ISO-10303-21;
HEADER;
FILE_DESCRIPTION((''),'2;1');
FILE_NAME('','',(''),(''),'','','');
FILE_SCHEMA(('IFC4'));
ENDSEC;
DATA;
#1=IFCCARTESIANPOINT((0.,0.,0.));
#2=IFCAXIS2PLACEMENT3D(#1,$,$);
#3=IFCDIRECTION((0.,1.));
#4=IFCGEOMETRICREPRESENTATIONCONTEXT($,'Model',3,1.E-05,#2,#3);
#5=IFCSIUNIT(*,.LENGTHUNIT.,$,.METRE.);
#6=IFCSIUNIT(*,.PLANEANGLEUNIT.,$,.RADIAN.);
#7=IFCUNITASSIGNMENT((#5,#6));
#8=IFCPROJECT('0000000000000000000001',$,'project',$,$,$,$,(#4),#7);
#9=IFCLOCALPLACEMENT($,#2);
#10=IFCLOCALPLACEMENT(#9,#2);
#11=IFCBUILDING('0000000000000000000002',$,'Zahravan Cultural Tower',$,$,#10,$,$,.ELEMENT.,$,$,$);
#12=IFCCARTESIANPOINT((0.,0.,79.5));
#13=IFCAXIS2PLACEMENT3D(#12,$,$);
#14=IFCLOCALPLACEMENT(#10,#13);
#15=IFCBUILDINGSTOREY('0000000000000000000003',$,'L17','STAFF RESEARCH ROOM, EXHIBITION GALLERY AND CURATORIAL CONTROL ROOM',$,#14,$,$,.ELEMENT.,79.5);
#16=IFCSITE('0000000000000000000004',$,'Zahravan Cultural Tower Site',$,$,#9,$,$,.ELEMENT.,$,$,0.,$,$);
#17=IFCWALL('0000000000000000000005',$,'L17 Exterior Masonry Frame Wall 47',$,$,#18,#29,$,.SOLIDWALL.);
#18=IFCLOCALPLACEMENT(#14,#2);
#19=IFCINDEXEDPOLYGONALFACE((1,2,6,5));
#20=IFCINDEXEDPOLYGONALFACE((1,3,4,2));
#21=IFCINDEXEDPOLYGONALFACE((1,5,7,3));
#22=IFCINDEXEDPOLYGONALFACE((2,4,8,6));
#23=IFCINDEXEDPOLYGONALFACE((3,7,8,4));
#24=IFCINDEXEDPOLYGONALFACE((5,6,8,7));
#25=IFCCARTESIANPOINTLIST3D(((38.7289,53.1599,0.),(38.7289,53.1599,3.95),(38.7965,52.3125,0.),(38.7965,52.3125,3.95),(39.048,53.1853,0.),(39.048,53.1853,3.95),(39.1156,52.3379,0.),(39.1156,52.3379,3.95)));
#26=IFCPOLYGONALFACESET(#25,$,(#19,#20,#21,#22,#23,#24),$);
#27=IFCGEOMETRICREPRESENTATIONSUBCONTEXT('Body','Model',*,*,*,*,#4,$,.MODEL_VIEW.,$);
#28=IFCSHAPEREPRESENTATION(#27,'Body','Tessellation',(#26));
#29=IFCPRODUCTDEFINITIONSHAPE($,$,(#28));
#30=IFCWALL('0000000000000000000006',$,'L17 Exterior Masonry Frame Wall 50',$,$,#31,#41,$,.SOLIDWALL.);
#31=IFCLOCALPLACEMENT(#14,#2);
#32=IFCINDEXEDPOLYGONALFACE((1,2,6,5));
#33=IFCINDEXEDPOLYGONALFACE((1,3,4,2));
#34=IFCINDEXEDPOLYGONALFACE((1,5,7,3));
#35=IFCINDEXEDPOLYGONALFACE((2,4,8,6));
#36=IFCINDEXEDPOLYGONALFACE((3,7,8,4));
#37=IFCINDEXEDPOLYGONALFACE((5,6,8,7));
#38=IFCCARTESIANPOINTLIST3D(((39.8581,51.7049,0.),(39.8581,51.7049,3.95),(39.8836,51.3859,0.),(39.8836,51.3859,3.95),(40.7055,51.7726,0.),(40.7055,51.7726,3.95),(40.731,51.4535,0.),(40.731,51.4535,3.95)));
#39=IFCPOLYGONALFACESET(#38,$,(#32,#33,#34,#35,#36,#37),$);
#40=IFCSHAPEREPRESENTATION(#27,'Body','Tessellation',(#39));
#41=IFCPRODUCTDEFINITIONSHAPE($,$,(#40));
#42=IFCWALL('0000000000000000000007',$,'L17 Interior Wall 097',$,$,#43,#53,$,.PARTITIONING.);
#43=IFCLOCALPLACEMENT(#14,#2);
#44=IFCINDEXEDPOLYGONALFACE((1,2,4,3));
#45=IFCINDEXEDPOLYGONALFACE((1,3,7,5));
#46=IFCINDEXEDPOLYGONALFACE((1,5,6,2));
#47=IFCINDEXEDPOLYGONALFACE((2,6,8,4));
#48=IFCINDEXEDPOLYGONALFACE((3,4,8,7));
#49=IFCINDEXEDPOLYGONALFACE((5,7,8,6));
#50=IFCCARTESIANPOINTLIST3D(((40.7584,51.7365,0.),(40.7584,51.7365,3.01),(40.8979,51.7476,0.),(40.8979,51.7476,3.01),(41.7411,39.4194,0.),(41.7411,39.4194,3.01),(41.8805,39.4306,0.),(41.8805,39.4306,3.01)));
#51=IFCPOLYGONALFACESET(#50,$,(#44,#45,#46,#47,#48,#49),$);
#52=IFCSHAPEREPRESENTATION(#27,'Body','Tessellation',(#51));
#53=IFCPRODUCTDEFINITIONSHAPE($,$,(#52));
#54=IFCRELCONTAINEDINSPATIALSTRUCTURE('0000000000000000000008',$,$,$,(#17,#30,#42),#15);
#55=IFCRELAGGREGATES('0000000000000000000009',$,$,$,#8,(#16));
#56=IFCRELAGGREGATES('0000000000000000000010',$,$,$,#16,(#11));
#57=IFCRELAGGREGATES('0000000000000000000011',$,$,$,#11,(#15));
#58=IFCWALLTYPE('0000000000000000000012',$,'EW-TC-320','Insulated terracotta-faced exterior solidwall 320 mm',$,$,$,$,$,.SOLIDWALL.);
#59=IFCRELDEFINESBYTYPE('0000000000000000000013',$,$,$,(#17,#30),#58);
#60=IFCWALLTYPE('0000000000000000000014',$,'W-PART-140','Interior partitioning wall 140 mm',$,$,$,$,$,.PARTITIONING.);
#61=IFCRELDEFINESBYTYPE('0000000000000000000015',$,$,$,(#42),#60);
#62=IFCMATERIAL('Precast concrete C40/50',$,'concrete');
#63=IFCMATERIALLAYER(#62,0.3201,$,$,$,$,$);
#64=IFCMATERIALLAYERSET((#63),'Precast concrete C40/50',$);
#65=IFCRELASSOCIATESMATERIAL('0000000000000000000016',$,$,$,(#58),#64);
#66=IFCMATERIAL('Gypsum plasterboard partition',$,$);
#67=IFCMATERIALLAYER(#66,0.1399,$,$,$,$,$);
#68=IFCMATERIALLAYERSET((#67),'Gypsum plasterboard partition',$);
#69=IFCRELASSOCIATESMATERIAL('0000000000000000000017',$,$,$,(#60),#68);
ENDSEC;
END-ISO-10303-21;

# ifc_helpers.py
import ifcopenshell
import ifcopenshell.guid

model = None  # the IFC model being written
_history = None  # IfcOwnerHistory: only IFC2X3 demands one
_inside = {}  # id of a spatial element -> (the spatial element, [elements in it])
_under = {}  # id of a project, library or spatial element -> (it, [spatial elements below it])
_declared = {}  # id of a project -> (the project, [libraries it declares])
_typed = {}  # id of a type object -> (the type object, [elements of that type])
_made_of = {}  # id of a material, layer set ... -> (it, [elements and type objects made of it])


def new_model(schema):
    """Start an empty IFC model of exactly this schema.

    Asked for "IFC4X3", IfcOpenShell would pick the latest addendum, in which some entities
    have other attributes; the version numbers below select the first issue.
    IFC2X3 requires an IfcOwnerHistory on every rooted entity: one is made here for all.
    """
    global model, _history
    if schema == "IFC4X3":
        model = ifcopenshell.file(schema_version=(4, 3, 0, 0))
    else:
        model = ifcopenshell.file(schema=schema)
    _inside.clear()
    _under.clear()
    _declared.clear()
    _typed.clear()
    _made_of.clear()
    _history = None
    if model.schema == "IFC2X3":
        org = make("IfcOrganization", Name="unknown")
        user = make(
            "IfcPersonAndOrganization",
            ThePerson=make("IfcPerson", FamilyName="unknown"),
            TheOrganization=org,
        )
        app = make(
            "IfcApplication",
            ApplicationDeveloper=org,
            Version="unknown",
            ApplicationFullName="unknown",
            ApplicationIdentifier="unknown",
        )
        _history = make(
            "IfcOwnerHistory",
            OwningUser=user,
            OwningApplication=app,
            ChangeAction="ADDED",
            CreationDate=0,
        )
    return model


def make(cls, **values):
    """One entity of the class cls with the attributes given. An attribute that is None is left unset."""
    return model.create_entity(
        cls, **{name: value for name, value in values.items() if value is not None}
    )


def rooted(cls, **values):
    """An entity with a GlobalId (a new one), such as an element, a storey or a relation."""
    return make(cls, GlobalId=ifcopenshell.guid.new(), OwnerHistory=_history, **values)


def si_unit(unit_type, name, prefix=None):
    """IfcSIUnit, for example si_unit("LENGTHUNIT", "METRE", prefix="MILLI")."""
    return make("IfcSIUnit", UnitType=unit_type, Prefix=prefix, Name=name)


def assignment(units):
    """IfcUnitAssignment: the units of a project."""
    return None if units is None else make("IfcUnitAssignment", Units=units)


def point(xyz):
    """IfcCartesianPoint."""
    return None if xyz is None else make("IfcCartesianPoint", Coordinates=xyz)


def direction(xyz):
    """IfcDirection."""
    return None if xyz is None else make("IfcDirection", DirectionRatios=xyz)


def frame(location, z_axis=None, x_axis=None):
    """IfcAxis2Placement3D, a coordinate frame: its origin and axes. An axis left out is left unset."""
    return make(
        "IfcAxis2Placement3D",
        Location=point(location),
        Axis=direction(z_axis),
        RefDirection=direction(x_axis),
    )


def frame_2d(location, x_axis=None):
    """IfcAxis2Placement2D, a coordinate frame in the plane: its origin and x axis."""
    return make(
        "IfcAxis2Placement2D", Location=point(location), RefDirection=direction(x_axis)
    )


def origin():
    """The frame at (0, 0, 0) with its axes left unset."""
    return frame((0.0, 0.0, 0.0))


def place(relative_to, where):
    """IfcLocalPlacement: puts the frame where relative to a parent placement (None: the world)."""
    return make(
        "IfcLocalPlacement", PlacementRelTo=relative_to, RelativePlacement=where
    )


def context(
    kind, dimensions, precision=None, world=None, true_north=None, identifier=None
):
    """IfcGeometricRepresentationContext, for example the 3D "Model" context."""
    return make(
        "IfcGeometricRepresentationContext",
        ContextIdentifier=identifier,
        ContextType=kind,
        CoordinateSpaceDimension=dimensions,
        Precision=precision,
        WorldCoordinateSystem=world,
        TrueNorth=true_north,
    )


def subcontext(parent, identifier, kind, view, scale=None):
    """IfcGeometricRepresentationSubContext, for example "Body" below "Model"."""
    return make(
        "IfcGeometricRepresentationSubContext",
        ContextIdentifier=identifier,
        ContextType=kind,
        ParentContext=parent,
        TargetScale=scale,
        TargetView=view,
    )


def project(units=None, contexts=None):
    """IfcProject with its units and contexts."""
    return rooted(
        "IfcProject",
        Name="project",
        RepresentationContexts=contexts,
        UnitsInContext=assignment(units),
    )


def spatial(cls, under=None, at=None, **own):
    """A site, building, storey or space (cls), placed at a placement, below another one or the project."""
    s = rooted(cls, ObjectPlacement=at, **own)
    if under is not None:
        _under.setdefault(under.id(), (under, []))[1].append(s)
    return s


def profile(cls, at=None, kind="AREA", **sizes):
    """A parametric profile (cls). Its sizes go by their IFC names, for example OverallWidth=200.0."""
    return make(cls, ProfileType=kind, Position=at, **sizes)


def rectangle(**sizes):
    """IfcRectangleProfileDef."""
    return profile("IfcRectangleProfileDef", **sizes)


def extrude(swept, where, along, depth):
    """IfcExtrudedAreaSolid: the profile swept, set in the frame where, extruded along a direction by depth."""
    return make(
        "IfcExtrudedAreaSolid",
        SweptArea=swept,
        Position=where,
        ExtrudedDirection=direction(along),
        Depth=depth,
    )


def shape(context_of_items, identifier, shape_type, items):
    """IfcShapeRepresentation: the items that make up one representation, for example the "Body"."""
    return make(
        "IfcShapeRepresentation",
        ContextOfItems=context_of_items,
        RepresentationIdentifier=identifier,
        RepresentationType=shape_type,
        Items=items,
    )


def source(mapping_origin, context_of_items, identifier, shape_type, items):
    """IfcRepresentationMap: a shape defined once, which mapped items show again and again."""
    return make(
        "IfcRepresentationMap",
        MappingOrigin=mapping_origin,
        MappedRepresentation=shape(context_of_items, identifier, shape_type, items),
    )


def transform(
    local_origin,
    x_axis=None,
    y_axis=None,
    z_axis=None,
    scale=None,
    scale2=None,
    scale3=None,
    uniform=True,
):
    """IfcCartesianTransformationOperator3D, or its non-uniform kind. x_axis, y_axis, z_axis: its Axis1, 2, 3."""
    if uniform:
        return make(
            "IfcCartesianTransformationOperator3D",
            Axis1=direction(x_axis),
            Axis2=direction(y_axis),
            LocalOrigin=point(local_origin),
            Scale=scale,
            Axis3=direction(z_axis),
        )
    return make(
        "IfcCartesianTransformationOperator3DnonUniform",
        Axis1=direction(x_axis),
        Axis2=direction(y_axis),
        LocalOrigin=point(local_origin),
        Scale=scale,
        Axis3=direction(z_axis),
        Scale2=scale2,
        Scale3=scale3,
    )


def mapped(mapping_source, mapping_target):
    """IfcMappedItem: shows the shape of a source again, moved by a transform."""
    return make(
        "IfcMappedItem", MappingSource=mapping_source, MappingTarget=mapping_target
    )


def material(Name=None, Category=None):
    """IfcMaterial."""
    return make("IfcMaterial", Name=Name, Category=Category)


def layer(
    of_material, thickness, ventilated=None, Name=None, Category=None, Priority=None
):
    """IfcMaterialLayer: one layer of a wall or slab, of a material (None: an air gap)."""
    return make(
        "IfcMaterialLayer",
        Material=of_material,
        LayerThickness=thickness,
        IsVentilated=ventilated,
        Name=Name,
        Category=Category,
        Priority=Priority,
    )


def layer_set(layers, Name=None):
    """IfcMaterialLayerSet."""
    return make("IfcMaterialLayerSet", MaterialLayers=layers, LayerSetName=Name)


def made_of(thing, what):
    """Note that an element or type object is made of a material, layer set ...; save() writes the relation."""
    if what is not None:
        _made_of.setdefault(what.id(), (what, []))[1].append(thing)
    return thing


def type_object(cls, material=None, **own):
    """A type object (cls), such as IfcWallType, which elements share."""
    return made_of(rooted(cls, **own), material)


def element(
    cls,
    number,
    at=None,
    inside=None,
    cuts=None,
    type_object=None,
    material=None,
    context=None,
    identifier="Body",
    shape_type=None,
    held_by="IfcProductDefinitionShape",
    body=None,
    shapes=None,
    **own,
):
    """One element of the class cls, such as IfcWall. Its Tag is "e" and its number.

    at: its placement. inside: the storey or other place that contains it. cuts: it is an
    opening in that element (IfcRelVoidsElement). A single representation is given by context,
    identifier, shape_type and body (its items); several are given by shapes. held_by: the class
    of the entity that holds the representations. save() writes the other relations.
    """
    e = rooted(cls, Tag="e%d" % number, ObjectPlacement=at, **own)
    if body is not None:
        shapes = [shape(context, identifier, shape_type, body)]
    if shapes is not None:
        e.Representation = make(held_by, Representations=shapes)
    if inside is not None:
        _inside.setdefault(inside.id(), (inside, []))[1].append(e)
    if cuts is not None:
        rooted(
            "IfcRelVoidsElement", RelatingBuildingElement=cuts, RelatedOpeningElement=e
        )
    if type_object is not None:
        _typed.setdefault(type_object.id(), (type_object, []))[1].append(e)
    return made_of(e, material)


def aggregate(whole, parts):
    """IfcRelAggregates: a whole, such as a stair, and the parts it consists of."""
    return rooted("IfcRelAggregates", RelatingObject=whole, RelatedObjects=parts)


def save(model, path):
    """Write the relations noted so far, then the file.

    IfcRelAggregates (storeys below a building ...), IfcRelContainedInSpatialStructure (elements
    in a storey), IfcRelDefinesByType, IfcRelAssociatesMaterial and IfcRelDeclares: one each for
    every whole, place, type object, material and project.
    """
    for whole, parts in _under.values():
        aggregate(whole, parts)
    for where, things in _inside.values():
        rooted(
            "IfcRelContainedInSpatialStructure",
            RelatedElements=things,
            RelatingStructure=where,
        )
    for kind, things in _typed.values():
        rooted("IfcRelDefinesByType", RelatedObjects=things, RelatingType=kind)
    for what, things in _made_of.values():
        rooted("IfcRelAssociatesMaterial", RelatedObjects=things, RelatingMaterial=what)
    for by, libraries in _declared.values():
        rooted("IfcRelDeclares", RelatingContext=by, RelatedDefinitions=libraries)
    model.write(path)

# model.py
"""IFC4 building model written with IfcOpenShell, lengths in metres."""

from ifc_helpers import new_model, si_unit, direction, frame, frame_2d, origin, place, context, subcontext, project, spatial, rectangle, extrude, source, transform, mapped, material, layer, layer_set, type_object, element, save


model = new_model("IFC4")

# Units and contexts
model_context = context("Model", 3, precision=1e-05, world=origin(), true_north=direction((0.0, 1.0)))
body_context = subcontext(model_context, "Body", "Model", "MODEL_VIEW")
ifc_project = project(units=[si_unit("LENGTHUNIT", "METRE"), si_unit("PLANEANGLEUNIT", "RADIAN")], contexts=[model_context])

# Site, building, storey
site_placement = place(None, origin())
site = spatial("IfcSite", under=ifc_project, at=site_placement, Name="Zahravan Cultural Tower Site", CompositionType="ELEMENT", RefElevation=0.0)
building_placement = place(site_placement, origin())
building = spatial("IfcBuilding", under=site, at=building_placement, Name="Zahravan Cultural Tower", CompositionType="ELEMENT")
storey_placement = place(building_placement, frame((0.0, 0.0, 79.5)))
storey = spatial("IfcBuildingStorey", under=building, at=storey_placement, Name="L17", Description="STAFF RESEARCH ROOM, EXHIBITION GALLERY AND CURATORIAL CONTROL ROOM", CompositionType="ELEMENT", Elevation=79.5)

# Walls
ifc_material_1 = material(Name="Precast concrete C40/50", Category="concrete")
ifc_layer_1 = layer(ifc_material_1, 0.3201)
ifc_layer_set_1 = layer_set([ifc_layer_1], Name="Precast concrete C40/50")
wall_type_1 = type_object("IfcWallType", Name="EW-TC-320", Description="Insulated terracotta-faced exterior solidwall 320 mm", PredefinedType="SOLIDWALL", material=ifc_layer_set_1)
shared_shape_1 = source(origin(), body_context, "Body", "SweptSolid", [
    extrude(rectangle(XDim=0.8501, YDim=0.3201, at=frame_2d((0.425, 0.0))), origin(), (0.0, 0.0, 1.0), 3.95),
])
for number, where, z_axis, x_axis, name in (
    (1, (38.8884, 53.1726, 0.0), (0.0, 0.0, 1.0), (0.079551, -0.996831, 0.0), "L17 Exterior Masonry Frame Wall 47"),
    (2, (39.8708, 51.5454, 0.0), (0.0, 0.0, 1.0), (0.996831, 0.079551, 0.0), "L17 Exterior Masonry Frame Wall 50"),
):
    element("IfcWall", number, at=place(storey_placement, frame(where, z_axis=z_axis, x_axis=x_axis)), inside=storey, type_object=wall_type_1, Name=name, PredefinedType="SOLIDWALL", context=body_context, shape_type="MappedRepresentation", body=[
        mapped(shared_shape_1, transform((0.0, 0.0, 0.0), x_axis=(1.0, 0.0, 0.0), y_axis=(0.0, 1.0, 0.0), z_axis=(0.0, 0.0, 1.0), scale=1.0)),
    ])
ifc_material_2 = material(Name="Gypsum plasterboard partition")
ifc_layer_2 = layer(ifc_material_2, 0.1399)
ifc_layer_set_2 = layer_set([ifc_layer_2], Name="Gypsum plasterboard partition")
wall_type_2 = type_object("IfcWallType", Name="W-PART-140", Description="Interior partitioning wall 140 mm", PredefinedType="PARTITIONING", material=ifc_layer_set_2)
shared_shape_2 = source(origin(), body_context, "Body", "SweptSolid", [
    extrude(rectangle(XDim=12.3562, YDim=0.1399, at=frame_2d((6.1782, 0.0))), origin(), (0.0, 0.0, 1.0), 3.01),
])
wall_placement = place(storey_placement, frame((40.8281, 51.7422, 0.0), z_axis=(0.0, 0.0, 1.0), x_axis=(0.079528, -0.996833, 0.0)))
element("IfcWall", 3, at=wall_placement, inside=storey, type_object=wall_type_2, Name="L17 Interior Wall 097", PredefinedType="PARTITIONING", context=body_context, shape_type="MappedRepresentation", body=[
    mapped(shared_shape_2, transform((0.0, 0.0, 0.0), x_axis=(1.0, 0.0, 0.0), y_axis=(0.0, 1.0, 0.0), z_axis=(0.0, 0.0, 1.0), scale=1.0)),
])

save(model, "model.ifc")
